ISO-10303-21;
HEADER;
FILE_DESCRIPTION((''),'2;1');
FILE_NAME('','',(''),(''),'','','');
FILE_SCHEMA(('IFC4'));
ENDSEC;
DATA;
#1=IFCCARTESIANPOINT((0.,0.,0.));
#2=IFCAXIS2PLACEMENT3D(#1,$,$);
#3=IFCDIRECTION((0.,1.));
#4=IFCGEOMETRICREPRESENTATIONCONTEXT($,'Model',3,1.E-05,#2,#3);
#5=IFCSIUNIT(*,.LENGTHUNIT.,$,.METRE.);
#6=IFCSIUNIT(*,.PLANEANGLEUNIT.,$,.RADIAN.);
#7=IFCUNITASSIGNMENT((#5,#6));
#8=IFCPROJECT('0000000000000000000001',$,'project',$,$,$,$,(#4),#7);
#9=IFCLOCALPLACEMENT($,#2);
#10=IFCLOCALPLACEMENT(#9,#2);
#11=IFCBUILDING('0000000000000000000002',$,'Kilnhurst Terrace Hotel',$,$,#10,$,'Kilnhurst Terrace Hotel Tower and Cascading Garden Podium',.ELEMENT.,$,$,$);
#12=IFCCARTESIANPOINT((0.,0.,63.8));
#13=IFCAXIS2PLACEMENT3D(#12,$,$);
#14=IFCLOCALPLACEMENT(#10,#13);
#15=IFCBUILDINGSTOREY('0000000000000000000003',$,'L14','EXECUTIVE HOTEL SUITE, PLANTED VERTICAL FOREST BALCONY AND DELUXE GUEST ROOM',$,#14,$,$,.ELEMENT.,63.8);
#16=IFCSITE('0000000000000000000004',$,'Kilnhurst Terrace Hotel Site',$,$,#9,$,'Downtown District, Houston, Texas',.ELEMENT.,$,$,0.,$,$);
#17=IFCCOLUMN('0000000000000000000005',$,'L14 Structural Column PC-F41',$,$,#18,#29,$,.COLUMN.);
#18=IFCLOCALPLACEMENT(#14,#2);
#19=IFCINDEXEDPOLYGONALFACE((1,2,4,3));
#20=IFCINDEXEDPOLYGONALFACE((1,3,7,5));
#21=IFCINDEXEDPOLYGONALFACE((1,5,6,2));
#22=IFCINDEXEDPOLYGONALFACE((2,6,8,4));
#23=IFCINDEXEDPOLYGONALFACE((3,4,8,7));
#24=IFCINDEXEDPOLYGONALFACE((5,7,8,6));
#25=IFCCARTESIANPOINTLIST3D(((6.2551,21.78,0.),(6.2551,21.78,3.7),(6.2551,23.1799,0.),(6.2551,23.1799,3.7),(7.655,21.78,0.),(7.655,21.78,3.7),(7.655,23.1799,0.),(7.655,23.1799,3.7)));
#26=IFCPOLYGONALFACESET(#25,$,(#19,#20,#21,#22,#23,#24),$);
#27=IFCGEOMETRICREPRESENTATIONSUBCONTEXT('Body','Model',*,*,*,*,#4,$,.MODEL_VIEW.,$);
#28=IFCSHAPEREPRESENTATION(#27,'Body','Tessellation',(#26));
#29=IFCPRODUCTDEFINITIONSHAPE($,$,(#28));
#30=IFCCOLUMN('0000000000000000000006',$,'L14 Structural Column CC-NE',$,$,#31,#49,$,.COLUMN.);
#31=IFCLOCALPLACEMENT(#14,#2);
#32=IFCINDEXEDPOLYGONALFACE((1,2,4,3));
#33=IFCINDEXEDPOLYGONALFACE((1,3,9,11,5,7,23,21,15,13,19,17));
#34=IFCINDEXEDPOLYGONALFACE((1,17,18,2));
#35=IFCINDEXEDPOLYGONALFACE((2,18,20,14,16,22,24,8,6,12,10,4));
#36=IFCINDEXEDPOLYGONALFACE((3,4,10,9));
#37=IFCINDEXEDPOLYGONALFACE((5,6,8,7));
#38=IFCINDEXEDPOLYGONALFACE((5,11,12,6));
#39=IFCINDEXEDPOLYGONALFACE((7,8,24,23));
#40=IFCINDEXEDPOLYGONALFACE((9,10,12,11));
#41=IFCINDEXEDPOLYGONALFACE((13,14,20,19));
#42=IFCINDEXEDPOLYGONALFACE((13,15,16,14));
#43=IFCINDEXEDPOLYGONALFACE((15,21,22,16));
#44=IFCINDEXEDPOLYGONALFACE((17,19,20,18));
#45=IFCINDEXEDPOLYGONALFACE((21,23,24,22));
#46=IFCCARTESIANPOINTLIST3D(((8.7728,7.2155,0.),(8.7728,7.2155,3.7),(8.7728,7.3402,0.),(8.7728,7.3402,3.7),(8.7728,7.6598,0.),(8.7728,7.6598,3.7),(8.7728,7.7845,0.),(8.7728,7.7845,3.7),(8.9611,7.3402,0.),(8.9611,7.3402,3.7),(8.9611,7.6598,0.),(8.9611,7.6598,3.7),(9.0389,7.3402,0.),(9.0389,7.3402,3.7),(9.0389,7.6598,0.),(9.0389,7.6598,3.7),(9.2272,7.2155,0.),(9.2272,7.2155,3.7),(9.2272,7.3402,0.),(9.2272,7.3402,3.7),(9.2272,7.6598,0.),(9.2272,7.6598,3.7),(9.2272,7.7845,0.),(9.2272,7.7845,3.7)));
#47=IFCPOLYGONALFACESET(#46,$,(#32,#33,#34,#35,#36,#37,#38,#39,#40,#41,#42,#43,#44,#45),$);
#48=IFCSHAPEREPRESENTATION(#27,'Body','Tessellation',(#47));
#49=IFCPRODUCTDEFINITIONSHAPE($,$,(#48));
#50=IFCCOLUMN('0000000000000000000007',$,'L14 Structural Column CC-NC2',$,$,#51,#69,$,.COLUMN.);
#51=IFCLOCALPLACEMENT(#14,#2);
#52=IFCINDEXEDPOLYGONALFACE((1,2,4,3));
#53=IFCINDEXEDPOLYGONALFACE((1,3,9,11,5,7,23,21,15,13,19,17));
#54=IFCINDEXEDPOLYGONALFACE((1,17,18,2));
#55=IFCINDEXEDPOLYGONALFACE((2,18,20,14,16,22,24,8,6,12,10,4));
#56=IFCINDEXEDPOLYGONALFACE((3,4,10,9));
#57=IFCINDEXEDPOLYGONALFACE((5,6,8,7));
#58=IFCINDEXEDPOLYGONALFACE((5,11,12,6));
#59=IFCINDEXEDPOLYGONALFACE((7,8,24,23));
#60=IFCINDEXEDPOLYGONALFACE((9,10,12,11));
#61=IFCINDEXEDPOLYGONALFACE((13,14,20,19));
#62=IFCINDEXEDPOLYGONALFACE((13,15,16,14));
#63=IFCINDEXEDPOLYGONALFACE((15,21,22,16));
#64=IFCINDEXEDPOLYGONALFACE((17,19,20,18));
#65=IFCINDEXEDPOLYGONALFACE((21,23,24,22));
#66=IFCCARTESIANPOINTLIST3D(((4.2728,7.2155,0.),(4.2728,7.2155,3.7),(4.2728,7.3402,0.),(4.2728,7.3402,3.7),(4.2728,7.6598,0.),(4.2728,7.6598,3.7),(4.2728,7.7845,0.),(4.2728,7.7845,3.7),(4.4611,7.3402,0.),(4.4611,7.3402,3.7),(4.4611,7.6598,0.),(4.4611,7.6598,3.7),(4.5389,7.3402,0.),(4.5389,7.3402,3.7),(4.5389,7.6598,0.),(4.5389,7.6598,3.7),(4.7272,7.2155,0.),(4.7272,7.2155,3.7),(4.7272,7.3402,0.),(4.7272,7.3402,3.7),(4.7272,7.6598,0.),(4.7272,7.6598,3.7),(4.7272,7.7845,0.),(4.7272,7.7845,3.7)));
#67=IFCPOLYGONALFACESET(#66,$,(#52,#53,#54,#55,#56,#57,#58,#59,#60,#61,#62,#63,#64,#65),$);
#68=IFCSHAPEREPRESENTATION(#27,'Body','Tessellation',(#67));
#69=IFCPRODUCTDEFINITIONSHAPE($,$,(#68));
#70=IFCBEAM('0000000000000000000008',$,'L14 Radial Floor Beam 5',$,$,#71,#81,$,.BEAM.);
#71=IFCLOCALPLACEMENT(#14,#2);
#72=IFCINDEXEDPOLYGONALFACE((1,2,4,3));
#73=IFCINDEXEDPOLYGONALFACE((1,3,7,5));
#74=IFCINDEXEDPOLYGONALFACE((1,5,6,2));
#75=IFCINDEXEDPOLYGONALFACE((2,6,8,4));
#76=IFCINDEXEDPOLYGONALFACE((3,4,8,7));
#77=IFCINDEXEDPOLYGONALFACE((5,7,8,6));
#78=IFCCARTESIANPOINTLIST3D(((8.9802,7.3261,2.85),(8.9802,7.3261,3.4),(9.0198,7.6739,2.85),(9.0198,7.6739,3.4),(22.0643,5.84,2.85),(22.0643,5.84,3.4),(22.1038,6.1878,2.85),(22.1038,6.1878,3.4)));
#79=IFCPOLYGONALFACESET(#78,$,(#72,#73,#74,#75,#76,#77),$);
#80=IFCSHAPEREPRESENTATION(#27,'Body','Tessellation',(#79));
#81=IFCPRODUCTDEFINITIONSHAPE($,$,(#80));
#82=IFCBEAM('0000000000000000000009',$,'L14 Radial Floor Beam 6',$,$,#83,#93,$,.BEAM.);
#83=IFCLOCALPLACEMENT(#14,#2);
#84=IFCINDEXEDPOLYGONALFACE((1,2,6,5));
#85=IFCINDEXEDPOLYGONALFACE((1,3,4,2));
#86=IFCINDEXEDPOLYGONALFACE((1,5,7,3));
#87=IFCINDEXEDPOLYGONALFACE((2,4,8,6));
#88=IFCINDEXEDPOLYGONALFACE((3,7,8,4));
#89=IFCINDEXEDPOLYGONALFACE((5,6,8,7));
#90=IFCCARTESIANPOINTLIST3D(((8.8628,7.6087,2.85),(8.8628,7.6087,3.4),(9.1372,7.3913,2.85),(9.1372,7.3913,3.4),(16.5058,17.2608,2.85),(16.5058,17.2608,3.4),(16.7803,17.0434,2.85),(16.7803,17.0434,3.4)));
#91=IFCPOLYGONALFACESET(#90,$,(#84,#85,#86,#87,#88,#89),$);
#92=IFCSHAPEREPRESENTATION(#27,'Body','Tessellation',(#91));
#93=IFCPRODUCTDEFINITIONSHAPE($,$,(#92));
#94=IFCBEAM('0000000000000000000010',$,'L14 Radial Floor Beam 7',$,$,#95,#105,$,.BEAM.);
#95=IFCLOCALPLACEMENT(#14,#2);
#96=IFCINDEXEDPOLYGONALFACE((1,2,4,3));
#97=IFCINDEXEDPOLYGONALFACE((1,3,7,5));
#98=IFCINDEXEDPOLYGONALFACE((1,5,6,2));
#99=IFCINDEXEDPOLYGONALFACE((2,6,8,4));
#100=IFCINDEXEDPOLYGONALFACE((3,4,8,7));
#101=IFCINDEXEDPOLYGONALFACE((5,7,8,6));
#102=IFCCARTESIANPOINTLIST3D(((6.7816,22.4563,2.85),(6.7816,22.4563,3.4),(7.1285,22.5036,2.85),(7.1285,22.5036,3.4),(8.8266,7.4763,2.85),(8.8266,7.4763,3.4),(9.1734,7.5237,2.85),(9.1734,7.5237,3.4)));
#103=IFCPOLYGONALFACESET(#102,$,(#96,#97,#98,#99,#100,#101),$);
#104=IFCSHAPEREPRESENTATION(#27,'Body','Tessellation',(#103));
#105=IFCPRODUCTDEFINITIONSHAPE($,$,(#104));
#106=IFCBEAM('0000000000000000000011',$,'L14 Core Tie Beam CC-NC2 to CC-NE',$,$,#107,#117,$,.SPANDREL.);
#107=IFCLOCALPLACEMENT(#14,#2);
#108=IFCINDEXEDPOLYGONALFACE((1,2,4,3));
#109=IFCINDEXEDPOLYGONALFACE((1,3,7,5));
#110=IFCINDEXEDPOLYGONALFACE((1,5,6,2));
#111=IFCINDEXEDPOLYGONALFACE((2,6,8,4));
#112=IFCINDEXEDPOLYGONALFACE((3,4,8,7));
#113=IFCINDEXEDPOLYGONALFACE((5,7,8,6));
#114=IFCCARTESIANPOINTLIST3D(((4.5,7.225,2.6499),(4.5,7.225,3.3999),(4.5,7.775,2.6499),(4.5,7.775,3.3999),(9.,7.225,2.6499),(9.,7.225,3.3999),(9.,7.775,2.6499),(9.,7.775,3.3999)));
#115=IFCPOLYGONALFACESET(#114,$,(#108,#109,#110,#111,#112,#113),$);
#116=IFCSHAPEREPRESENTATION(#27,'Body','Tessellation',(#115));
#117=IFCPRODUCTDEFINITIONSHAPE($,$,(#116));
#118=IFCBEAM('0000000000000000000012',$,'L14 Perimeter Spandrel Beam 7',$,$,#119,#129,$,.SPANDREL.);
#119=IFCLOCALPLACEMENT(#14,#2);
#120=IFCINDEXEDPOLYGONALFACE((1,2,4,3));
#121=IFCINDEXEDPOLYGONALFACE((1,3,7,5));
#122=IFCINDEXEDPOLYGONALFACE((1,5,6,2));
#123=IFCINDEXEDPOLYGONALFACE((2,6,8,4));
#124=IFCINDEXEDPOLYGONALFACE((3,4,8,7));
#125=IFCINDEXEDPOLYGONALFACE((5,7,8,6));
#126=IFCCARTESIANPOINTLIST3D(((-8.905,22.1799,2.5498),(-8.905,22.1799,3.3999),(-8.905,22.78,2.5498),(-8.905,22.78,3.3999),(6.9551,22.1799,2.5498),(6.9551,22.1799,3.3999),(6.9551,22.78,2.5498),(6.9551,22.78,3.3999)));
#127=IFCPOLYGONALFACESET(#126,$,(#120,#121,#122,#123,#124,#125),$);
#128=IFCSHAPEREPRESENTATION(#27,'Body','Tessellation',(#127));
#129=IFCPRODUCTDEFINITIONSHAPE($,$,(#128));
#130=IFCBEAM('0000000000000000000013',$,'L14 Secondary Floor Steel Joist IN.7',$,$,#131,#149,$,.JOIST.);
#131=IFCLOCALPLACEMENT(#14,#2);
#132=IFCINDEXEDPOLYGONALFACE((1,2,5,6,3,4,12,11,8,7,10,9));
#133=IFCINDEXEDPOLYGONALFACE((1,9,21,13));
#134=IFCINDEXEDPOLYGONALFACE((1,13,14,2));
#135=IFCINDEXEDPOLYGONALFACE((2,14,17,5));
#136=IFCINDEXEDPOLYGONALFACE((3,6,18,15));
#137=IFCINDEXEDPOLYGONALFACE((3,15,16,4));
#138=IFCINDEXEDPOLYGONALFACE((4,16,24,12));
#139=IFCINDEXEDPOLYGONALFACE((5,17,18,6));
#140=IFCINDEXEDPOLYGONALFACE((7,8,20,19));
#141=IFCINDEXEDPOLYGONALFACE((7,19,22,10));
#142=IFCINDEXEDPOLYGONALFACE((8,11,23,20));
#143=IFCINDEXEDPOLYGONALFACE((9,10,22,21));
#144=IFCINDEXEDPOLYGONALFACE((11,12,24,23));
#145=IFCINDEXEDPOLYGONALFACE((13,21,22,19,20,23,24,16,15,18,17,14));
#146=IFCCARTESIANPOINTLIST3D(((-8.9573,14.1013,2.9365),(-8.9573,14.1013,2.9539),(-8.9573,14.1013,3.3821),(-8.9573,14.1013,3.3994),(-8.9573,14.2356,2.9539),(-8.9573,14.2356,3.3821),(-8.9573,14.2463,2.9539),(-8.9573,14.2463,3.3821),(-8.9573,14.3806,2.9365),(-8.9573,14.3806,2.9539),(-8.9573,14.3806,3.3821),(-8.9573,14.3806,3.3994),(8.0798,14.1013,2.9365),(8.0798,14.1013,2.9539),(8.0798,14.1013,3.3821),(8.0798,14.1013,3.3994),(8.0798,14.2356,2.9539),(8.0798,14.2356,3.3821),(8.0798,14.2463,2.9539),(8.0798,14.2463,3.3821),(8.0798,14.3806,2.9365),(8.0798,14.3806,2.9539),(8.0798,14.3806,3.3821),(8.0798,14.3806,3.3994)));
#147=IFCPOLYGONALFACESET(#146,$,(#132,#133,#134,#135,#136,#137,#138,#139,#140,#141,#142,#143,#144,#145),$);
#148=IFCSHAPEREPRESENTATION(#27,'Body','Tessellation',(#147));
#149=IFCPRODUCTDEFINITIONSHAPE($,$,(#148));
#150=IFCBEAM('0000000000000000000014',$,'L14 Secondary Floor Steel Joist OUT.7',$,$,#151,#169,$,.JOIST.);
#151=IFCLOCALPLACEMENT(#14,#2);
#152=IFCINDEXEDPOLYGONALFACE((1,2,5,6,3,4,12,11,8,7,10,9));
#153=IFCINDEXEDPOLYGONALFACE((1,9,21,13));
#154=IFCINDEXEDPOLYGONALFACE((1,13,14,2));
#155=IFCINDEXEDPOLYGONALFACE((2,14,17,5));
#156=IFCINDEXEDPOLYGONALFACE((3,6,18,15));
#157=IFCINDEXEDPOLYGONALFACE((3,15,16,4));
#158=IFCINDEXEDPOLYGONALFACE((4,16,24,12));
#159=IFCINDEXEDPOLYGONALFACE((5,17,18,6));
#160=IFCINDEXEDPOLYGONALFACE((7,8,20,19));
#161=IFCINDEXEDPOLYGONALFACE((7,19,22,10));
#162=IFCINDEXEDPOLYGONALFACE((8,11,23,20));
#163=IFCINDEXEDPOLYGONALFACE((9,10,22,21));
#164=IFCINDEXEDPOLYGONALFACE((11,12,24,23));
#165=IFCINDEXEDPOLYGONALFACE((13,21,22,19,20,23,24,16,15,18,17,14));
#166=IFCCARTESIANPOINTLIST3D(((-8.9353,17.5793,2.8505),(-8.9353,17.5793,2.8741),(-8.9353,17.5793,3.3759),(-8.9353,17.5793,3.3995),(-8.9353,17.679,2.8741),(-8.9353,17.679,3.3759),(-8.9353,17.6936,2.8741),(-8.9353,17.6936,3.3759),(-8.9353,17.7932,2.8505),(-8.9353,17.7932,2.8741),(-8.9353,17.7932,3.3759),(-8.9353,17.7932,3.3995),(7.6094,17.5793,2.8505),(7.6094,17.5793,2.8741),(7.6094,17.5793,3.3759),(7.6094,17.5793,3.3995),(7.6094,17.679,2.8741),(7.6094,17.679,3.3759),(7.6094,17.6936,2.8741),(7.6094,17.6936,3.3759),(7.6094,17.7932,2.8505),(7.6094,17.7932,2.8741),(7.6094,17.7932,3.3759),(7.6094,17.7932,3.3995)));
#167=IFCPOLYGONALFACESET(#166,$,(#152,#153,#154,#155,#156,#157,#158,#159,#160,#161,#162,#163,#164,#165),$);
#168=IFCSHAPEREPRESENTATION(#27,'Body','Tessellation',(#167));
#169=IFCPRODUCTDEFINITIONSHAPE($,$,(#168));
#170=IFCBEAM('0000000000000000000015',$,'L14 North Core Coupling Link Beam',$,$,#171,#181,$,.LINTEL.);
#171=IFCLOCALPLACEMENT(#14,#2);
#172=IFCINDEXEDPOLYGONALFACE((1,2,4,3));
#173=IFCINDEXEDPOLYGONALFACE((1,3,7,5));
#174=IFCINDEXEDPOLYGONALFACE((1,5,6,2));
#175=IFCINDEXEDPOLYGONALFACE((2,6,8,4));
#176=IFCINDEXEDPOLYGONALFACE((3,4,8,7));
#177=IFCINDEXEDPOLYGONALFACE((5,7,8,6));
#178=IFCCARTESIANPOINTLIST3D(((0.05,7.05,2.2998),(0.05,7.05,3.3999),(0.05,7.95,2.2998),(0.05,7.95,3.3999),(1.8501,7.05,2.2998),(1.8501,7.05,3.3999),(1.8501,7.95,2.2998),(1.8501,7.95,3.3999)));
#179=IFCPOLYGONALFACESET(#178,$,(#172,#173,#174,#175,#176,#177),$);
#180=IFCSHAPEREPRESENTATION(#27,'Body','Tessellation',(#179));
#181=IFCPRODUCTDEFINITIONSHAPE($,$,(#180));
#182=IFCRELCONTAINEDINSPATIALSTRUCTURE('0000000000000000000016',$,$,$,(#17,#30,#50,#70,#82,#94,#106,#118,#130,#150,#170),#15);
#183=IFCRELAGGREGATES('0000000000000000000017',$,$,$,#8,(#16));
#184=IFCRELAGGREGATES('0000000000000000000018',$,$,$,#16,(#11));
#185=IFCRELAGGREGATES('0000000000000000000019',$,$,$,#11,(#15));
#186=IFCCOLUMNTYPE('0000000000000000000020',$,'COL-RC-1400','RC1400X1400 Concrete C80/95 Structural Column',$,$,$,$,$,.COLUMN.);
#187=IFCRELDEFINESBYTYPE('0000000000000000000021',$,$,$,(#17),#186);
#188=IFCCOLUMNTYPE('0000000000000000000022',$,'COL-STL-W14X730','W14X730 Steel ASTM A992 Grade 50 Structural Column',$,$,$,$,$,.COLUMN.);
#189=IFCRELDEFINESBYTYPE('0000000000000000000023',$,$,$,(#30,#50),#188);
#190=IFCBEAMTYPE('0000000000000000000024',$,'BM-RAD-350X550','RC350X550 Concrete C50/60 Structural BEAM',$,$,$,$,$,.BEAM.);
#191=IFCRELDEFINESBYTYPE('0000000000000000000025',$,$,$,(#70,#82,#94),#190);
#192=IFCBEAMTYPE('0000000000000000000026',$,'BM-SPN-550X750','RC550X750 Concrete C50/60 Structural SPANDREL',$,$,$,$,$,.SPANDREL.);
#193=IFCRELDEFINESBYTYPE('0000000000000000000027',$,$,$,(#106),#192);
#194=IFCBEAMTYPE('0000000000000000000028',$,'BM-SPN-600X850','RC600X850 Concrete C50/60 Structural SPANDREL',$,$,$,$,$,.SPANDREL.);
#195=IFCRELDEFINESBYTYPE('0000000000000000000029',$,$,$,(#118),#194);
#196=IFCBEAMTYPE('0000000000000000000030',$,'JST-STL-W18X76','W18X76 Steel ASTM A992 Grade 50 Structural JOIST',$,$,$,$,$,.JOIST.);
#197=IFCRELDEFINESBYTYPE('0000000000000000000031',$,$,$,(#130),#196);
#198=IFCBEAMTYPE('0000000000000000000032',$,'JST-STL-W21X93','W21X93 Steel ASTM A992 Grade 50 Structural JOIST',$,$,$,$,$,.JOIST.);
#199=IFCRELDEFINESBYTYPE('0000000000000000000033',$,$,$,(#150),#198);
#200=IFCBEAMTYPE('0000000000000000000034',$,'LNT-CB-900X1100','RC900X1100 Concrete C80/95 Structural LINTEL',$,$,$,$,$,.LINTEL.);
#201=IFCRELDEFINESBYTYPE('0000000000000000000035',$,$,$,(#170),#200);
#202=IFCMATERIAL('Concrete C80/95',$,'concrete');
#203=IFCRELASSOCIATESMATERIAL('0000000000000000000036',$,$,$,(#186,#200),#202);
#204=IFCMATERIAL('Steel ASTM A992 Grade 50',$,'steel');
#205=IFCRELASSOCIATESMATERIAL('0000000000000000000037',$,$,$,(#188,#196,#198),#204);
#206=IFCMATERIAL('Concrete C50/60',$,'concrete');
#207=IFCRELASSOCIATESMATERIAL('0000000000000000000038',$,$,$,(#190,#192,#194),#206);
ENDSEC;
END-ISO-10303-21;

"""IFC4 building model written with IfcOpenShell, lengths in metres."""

from ifc_helpers import new_model, si_unit, direction, frame, origin, origin_2d, place, context, subcontext, project, spatial, rectangle, i_section, extrude, material, material_profile, profile_set, type_object, element, save


model = new_model("IFC4")

# Units and contexts
model_context = context("Model", 3, precision=1e-05, world=origin(), true_north=direction((0.0, 1.0)))
body_context = subcontext(model_context, "Body", "Model", "MODEL_VIEW")
ifc_project = project(units=[si_unit("LENGTHUNIT", "METRE"), si_unit("PLANEANGLEUNIT", "RADIAN")], contexts=[model_context])

# Site, building, storey
site_placement = place(None, origin())
site = spatial("IfcSite", under=ifc_project, at=site_placement, Name="Kilnhurst Terrace Hotel Site", LongName="Downtown District, Houston, Texas", CompositionType="ELEMENT", RefElevation=0.0)
building_placement = place(site_placement, origin())
building = spatial("IfcBuilding", under=site, at=building_placement, Name="Kilnhurst Terrace Hotel", LongName="Kilnhurst Terrace Hotel Tower and Cascading Garden Podium", CompositionType="ELEMENT")
storey_placement = place(building_placement, frame((0.0, 0.0, 63.8)))
storey = spatial("IfcBuildingStorey", under=building, at=storey_placement, Name="L14", Description="EXECUTIVE HOTEL SUITE, PLANTED VERTICAL FOREST BALCONY AND DELUXE GUEST ROOM", CompositionType="ELEMENT", Elevation=63.8)

# Columns
ifc_material_1 = material(Name="Concrete C80/95", Category="concrete")
ifc_material_profile_1 = material_profile(ifc_material_1, rectangle(XDim=1.3999, YDim=1.3999, at=origin_2d()), Name="RC1400X1400")
ifc_profile_set_1 = profile_set([ifc_material_profile_1], Name="Concrete C80/95")
column_type_1 = type_object("IfcColumnType", Name="COL-RC-1400", Description="RC1400X1400 Concrete C80/95 Structural Column", PredefinedType="COLUMN", material=ifc_profile_set_1)
column_placement = place(storey_placement, frame((6.9551, 22.48, 0.0), z_axis=(0.0, 0.0, 1.0), x_axis=(1.0, 0.0, 0.0)))
element("IfcColumn", 1, at=column_placement, inside=storey, type_object=column_type_1, Name="L14 Structural Column PC-F41", PredefinedType="COLUMN", context=body_context, shape_type="SweptSolid", body=[
    extrude(rectangle(XDim=1.3999, YDim=1.3999, at=origin_2d()), origin(), (0.0, 0.0, 1.0), 3.7),
])
ifc_material_2 = material(Name="Steel ASTM A992 Grade 50", Category="steel")
ifc_material_profile_2 = material_profile(ifc_material_2, i_section(OverallWidth=0.4543, OverallDepth=0.5691, WebThickness=0.0779, FlangeThickness=0.1248, at=origin_2d()), Name="W14X730")
ifc_profile_set_2 = profile_set([ifc_material_profile_2], Name="Steel ASTM A992 Grade 50")
column_type_2 = type_object("IfcColumnType", Name="COL-STL-W14X730", Description="W14X730 Steel ASTM A992 Grade 50 Structural Column", PredefinedType="COLUMN", material=ifc_profile_set_2)
for number, where, z_axis, x_axis, name in (
    (2, (9.0, 7.5, 0.0), (0.0, 0.0, 1.0), (1.0, 0.0, 0.0), "L14 Structural Column CC-NE"),
    (3, (4.5, 7.5, 0.0), (0.0, 0.0, 1.0), (1.0, 0.0, 0.0), "L14 Structural Column CC-NC2"),
):
    element("IfcColumn", number, at=place(storey_placement, frame(where, z_axis=z_axis, x_axis=x_axis)), inside=storey, type_object=column_type_2, Name=name, PredefinedType="COLUMN", context=body_context, shape_type="SweptSolid", body=[
        extrude(i_section(OverallWidth=0.4543, OverallDepth=0.5691, WebThickness=0.0779, FlangeThickness=0.1248, at=origin_2d()), origin(), (0.0, 0.0, 1.0), 3.7),
    ])

# Beams
ifc_material_3 = material(Name="Concrete C50/60", Category="concrete")
ifc_material_profile_3 = material_profile(ifc_material_3, rectangle(XDim=0.3501, YDim=0.55, at=origin_2d()), Name="RC350X550")
ifc_profile_set_3 = profile_set([ifc_material_profile_3], Name="Concrete C50/60")
beam_type_1 = type_object("IfcBeamType", Name="BM-RAD-350X550", Description="RC350X550 Concrete C50/60 Structural BEAM", PredefinedType="BEAM", material=ifc_profile_set_3)
beam_1_placement = place(storey_placement, frame((9.0, 7.5, 3.125), z_axis=(0.993611, -0.112855, 0.0), x_axis=(0.112855, 0.993611, 0.0)))
element("IfcBeam", 4, at=beam_1_placement, inside=storey, type_object=beam_type_1, Name="L14 Radial Floor Beam 5", PredefinedType="BEAM", context=body_context, shape_type="SweptSolid", body=[
    extrude(rectangle(XDim=0.3501, YDim=0.55, at=origin_2d()), origin(), (0.0, 0.0, 1.0), 13.1682),
])
beam_2_placement = place(storey_placement, frame((9.0, 7.5, 3.125), z_axis=(0.620794, 0.783974, 0.0), x_axis=(-0.783974, 0.620794, 0.0)))
element("IfcBeam", 5, at=beam_2_placement, inside=storey, type_object=beam_type_1, Name="L14 Radial Floor Beam 6", PredefinedType="BEAM", context=body_context, shape_type="SweptSolid", body=[
    extrude(rectangle(XDim=0.3501, YDim=0.55, at=origin_2d()), origin(), (0.0, 0.0, 1.0), 12.3118),
])
beam_3_placement = place(storey_placement, frame((9.0, 7.5, 3.125), z_axis=(-0.135256, 0.990811, 0.0), x_axis=(-0.990811, -0.135256, 0.0)))
element("IfcBeam", 6, at=beam_3_placement, inside=storey, type_object=beam_type_1, Name="L14 Radial Floor Beam 7", PredefinedType="BEAM", context=body_context, shape_type="SweptSolid", body=[
    extrude(rectangle(XDim=0.3501, YDim=0.55, at=origin_2d()), origin(), (0.0, 0.0, 1.0), 15.1189),
])
ifc_material_profile_4 = material_profile(ifc_material_3, rectangle(XDim=0.55, YDim=0.75, at=origin_2d()), Name="RC550X750")
ifc_profile_set_4 = profile_set([ifc_material_profile_4], Name="Concrete C50/60")
beam_type_2 = type_object("IfcBeamType", Name="BM-SPN-550X750", Description="RC550X750 Concrete C50/60 Structural SPANDREL", PredefinedType="SPANDREL", material=ifc_profile_set_4)
beam_4_placement = place(storey_placement, frame((4.5, 7.5, 3.0249), z_axis=(1.0, 0.0, 0.0), x_axis=(0.0, 1.0, 0.0)))
element("IfcBeam", 7, at=beam_4_placement, inside=storey, type_object=beam_type_2, Name="L14 Core Tie Beam CC-NC2 to CC-NE", PredefinedType="SPANDREL", context=body_context, shape_type="SweptSolid", body=[
    extrude(rectangle(XDim=0.55, YDim=0.75, at=origin_2d()), origin(), (0.0, 0.0, 1.0), 4.5),
])
ifc_material_profile_5 = material_profile(ifc_material_3, rectangle(XDim=0.6001, YDim=0.8501, at=origin_2d()), Name="RC600X850")
ifc_profile_set_5 = profile_set([ifc_material_profile_5], Name="Concrete C50/60")
beam_type_3 = type_object("IfcBeamType", Name="BM-SPN-600X850", Description="RC600X850 Concrete C50/60 Structural SPANDREL", PredefinedType="SPANDREL", material=ifc_profile_set_5)
beam_5_placement = place(storey_placement, frame((6.9551, 22.48, 2.9749), z_axis=(-1.0, 0.0, 0.0), x_axis=(0.0, -1.0, 0.0)))
element("IfcBeam", 8, at=beam_5_placement, inside=storey, type_object=beam_type_3, Name="L14 Perimeter Spandrel Beam 7", PredefinedType="SPANDREL", context=body_context, shape_type="SweptSolid", body=[
    extrude(rectangle(XDim=0.6001, YDim=0.8501, at=origin_2d()), origin(), (0.0, 0.0, 1.0), 15.8601),
])
ifc_material_profile_6 = material_profile(ifc_material_2, i_section(OverallWidth=0.2793, OverallDepth=0.4629, WebThickness=0.0107, FlangeThickness=0.0173, at=origin_2d()), Name="W18X76")
ifc_profile_set_6 = profile_set([ifc_material_profile_6], Name="Steel ASTM A992 Grade 50")
beam_type_4 = type_object("IfcBeamType", Name="JST-STL-W18X76", Description="W18X76 Steel ASTM A992 Grade 50 Structural JOIST", PredefinedType="JOIST", material=ifc_profile_set_6)
beam_6_placement = place(storey_placement, frame((8.0798, 14.241, 3.168), z_axis=(-1.0, 0.0, 0.0), x_axis=(0.0, -1.0, 0.0)))
element("IfcBeam", 9, at=beam_6_placement, inside=storey, type_object=beam_type_4, Name="L14 Secondary Floor Steel Joist IN.7", PredefinedType="JOIST", context=body_context, shape_type="SweptSolid", body=[
    extrude(i_section(OverallWidth=0.2793, OverallDepth=0.4629, WebThickness=0.0107, FlangeThickness=0.0173, at=origin_2d()), origin(), (0.0, 0.0, 1.0), 17.0371),
])
ifc_material_profile_7 = material_profile(ifc_material_2, i_section(OverallWidth=0.2139, OverallDepth=0.5491, WebThickness=0.0146, FlangeThickness=0.0237, at=origin_2d()), Name="W21X93")
ifc_profile_set_7 = profile_set([ifc_material_profile_7], Name="Steel ASTM A992 Grade 50")
beam_type_5 = type_object("IfcBeamType", Name="JST-STL-W21X93", Description="W21X93 Steel ASTM A992 Grade 50 Structural JOIST", PredefinedType="JOIST", material=ifc_profile_set_7)
beam_7_placement = place(storey_placement, frame((7.6094, 17.6863, 3.125), z_axis=(-1.0, 0.0, 0.0), x_axis=(0.0, -1.0, 0.0)))
element("IfcBeam", 10, at=beam_7_placement, inside=storey, type_object=beam_type_5, Name="L14 Secondary Floor Steel Joist OUT.7", PredefinedType="JOIST", context=body_context, shape_type="SweptSolid", body=[
    extrude(i_section(OverallWidth=0.2139, OverallDepth=0.5491, WebThickness=0.0146, FlangeThickness=0.0237, at=origin_2d()), origin(), (0.0, 0.0, 1.0), 16.5447),
])
ifc_material_profile_8 = material_profile(ifc_material_1, rectangle(XDim=0.8999, YDim=1.1001, at=origin_2d()), Name="RC900X1100")
ifc_profile_set_8 = profile_set([ifc_material_profile_8], Name="Concrete C80/95")
beam_type_6 = type_object("IfcBeamType", Name="LNT-CB-900X1100", Description="RC900X1100 Concrete C80/95 Structural LINTEL", PredefinedType="LINTEL", material=ifc_profile_set_8)
beam_8_placement = place(storey_placement, frame((0.05, 7.5, 2.8499), z_axis=(1.0, 0.0, 0.0), x_axis=(0.0, 1.0, 0.0)))
element("IfcBeam", 11, at=beam_8_placement, inside=storey, type_object=beam_type_6, Name="L14 North Core Coupling Link Beam", PredefinedType="LINTEL", context=body_context, shape_type="SweptSolid", body=[
    extrude(rectangle(XDim=0.8999, YDim=1.1001, at=origin_2d()), origin(), (0.0, 0.0, 1.0), 1.8),
])

save(model, "model.ifc")
